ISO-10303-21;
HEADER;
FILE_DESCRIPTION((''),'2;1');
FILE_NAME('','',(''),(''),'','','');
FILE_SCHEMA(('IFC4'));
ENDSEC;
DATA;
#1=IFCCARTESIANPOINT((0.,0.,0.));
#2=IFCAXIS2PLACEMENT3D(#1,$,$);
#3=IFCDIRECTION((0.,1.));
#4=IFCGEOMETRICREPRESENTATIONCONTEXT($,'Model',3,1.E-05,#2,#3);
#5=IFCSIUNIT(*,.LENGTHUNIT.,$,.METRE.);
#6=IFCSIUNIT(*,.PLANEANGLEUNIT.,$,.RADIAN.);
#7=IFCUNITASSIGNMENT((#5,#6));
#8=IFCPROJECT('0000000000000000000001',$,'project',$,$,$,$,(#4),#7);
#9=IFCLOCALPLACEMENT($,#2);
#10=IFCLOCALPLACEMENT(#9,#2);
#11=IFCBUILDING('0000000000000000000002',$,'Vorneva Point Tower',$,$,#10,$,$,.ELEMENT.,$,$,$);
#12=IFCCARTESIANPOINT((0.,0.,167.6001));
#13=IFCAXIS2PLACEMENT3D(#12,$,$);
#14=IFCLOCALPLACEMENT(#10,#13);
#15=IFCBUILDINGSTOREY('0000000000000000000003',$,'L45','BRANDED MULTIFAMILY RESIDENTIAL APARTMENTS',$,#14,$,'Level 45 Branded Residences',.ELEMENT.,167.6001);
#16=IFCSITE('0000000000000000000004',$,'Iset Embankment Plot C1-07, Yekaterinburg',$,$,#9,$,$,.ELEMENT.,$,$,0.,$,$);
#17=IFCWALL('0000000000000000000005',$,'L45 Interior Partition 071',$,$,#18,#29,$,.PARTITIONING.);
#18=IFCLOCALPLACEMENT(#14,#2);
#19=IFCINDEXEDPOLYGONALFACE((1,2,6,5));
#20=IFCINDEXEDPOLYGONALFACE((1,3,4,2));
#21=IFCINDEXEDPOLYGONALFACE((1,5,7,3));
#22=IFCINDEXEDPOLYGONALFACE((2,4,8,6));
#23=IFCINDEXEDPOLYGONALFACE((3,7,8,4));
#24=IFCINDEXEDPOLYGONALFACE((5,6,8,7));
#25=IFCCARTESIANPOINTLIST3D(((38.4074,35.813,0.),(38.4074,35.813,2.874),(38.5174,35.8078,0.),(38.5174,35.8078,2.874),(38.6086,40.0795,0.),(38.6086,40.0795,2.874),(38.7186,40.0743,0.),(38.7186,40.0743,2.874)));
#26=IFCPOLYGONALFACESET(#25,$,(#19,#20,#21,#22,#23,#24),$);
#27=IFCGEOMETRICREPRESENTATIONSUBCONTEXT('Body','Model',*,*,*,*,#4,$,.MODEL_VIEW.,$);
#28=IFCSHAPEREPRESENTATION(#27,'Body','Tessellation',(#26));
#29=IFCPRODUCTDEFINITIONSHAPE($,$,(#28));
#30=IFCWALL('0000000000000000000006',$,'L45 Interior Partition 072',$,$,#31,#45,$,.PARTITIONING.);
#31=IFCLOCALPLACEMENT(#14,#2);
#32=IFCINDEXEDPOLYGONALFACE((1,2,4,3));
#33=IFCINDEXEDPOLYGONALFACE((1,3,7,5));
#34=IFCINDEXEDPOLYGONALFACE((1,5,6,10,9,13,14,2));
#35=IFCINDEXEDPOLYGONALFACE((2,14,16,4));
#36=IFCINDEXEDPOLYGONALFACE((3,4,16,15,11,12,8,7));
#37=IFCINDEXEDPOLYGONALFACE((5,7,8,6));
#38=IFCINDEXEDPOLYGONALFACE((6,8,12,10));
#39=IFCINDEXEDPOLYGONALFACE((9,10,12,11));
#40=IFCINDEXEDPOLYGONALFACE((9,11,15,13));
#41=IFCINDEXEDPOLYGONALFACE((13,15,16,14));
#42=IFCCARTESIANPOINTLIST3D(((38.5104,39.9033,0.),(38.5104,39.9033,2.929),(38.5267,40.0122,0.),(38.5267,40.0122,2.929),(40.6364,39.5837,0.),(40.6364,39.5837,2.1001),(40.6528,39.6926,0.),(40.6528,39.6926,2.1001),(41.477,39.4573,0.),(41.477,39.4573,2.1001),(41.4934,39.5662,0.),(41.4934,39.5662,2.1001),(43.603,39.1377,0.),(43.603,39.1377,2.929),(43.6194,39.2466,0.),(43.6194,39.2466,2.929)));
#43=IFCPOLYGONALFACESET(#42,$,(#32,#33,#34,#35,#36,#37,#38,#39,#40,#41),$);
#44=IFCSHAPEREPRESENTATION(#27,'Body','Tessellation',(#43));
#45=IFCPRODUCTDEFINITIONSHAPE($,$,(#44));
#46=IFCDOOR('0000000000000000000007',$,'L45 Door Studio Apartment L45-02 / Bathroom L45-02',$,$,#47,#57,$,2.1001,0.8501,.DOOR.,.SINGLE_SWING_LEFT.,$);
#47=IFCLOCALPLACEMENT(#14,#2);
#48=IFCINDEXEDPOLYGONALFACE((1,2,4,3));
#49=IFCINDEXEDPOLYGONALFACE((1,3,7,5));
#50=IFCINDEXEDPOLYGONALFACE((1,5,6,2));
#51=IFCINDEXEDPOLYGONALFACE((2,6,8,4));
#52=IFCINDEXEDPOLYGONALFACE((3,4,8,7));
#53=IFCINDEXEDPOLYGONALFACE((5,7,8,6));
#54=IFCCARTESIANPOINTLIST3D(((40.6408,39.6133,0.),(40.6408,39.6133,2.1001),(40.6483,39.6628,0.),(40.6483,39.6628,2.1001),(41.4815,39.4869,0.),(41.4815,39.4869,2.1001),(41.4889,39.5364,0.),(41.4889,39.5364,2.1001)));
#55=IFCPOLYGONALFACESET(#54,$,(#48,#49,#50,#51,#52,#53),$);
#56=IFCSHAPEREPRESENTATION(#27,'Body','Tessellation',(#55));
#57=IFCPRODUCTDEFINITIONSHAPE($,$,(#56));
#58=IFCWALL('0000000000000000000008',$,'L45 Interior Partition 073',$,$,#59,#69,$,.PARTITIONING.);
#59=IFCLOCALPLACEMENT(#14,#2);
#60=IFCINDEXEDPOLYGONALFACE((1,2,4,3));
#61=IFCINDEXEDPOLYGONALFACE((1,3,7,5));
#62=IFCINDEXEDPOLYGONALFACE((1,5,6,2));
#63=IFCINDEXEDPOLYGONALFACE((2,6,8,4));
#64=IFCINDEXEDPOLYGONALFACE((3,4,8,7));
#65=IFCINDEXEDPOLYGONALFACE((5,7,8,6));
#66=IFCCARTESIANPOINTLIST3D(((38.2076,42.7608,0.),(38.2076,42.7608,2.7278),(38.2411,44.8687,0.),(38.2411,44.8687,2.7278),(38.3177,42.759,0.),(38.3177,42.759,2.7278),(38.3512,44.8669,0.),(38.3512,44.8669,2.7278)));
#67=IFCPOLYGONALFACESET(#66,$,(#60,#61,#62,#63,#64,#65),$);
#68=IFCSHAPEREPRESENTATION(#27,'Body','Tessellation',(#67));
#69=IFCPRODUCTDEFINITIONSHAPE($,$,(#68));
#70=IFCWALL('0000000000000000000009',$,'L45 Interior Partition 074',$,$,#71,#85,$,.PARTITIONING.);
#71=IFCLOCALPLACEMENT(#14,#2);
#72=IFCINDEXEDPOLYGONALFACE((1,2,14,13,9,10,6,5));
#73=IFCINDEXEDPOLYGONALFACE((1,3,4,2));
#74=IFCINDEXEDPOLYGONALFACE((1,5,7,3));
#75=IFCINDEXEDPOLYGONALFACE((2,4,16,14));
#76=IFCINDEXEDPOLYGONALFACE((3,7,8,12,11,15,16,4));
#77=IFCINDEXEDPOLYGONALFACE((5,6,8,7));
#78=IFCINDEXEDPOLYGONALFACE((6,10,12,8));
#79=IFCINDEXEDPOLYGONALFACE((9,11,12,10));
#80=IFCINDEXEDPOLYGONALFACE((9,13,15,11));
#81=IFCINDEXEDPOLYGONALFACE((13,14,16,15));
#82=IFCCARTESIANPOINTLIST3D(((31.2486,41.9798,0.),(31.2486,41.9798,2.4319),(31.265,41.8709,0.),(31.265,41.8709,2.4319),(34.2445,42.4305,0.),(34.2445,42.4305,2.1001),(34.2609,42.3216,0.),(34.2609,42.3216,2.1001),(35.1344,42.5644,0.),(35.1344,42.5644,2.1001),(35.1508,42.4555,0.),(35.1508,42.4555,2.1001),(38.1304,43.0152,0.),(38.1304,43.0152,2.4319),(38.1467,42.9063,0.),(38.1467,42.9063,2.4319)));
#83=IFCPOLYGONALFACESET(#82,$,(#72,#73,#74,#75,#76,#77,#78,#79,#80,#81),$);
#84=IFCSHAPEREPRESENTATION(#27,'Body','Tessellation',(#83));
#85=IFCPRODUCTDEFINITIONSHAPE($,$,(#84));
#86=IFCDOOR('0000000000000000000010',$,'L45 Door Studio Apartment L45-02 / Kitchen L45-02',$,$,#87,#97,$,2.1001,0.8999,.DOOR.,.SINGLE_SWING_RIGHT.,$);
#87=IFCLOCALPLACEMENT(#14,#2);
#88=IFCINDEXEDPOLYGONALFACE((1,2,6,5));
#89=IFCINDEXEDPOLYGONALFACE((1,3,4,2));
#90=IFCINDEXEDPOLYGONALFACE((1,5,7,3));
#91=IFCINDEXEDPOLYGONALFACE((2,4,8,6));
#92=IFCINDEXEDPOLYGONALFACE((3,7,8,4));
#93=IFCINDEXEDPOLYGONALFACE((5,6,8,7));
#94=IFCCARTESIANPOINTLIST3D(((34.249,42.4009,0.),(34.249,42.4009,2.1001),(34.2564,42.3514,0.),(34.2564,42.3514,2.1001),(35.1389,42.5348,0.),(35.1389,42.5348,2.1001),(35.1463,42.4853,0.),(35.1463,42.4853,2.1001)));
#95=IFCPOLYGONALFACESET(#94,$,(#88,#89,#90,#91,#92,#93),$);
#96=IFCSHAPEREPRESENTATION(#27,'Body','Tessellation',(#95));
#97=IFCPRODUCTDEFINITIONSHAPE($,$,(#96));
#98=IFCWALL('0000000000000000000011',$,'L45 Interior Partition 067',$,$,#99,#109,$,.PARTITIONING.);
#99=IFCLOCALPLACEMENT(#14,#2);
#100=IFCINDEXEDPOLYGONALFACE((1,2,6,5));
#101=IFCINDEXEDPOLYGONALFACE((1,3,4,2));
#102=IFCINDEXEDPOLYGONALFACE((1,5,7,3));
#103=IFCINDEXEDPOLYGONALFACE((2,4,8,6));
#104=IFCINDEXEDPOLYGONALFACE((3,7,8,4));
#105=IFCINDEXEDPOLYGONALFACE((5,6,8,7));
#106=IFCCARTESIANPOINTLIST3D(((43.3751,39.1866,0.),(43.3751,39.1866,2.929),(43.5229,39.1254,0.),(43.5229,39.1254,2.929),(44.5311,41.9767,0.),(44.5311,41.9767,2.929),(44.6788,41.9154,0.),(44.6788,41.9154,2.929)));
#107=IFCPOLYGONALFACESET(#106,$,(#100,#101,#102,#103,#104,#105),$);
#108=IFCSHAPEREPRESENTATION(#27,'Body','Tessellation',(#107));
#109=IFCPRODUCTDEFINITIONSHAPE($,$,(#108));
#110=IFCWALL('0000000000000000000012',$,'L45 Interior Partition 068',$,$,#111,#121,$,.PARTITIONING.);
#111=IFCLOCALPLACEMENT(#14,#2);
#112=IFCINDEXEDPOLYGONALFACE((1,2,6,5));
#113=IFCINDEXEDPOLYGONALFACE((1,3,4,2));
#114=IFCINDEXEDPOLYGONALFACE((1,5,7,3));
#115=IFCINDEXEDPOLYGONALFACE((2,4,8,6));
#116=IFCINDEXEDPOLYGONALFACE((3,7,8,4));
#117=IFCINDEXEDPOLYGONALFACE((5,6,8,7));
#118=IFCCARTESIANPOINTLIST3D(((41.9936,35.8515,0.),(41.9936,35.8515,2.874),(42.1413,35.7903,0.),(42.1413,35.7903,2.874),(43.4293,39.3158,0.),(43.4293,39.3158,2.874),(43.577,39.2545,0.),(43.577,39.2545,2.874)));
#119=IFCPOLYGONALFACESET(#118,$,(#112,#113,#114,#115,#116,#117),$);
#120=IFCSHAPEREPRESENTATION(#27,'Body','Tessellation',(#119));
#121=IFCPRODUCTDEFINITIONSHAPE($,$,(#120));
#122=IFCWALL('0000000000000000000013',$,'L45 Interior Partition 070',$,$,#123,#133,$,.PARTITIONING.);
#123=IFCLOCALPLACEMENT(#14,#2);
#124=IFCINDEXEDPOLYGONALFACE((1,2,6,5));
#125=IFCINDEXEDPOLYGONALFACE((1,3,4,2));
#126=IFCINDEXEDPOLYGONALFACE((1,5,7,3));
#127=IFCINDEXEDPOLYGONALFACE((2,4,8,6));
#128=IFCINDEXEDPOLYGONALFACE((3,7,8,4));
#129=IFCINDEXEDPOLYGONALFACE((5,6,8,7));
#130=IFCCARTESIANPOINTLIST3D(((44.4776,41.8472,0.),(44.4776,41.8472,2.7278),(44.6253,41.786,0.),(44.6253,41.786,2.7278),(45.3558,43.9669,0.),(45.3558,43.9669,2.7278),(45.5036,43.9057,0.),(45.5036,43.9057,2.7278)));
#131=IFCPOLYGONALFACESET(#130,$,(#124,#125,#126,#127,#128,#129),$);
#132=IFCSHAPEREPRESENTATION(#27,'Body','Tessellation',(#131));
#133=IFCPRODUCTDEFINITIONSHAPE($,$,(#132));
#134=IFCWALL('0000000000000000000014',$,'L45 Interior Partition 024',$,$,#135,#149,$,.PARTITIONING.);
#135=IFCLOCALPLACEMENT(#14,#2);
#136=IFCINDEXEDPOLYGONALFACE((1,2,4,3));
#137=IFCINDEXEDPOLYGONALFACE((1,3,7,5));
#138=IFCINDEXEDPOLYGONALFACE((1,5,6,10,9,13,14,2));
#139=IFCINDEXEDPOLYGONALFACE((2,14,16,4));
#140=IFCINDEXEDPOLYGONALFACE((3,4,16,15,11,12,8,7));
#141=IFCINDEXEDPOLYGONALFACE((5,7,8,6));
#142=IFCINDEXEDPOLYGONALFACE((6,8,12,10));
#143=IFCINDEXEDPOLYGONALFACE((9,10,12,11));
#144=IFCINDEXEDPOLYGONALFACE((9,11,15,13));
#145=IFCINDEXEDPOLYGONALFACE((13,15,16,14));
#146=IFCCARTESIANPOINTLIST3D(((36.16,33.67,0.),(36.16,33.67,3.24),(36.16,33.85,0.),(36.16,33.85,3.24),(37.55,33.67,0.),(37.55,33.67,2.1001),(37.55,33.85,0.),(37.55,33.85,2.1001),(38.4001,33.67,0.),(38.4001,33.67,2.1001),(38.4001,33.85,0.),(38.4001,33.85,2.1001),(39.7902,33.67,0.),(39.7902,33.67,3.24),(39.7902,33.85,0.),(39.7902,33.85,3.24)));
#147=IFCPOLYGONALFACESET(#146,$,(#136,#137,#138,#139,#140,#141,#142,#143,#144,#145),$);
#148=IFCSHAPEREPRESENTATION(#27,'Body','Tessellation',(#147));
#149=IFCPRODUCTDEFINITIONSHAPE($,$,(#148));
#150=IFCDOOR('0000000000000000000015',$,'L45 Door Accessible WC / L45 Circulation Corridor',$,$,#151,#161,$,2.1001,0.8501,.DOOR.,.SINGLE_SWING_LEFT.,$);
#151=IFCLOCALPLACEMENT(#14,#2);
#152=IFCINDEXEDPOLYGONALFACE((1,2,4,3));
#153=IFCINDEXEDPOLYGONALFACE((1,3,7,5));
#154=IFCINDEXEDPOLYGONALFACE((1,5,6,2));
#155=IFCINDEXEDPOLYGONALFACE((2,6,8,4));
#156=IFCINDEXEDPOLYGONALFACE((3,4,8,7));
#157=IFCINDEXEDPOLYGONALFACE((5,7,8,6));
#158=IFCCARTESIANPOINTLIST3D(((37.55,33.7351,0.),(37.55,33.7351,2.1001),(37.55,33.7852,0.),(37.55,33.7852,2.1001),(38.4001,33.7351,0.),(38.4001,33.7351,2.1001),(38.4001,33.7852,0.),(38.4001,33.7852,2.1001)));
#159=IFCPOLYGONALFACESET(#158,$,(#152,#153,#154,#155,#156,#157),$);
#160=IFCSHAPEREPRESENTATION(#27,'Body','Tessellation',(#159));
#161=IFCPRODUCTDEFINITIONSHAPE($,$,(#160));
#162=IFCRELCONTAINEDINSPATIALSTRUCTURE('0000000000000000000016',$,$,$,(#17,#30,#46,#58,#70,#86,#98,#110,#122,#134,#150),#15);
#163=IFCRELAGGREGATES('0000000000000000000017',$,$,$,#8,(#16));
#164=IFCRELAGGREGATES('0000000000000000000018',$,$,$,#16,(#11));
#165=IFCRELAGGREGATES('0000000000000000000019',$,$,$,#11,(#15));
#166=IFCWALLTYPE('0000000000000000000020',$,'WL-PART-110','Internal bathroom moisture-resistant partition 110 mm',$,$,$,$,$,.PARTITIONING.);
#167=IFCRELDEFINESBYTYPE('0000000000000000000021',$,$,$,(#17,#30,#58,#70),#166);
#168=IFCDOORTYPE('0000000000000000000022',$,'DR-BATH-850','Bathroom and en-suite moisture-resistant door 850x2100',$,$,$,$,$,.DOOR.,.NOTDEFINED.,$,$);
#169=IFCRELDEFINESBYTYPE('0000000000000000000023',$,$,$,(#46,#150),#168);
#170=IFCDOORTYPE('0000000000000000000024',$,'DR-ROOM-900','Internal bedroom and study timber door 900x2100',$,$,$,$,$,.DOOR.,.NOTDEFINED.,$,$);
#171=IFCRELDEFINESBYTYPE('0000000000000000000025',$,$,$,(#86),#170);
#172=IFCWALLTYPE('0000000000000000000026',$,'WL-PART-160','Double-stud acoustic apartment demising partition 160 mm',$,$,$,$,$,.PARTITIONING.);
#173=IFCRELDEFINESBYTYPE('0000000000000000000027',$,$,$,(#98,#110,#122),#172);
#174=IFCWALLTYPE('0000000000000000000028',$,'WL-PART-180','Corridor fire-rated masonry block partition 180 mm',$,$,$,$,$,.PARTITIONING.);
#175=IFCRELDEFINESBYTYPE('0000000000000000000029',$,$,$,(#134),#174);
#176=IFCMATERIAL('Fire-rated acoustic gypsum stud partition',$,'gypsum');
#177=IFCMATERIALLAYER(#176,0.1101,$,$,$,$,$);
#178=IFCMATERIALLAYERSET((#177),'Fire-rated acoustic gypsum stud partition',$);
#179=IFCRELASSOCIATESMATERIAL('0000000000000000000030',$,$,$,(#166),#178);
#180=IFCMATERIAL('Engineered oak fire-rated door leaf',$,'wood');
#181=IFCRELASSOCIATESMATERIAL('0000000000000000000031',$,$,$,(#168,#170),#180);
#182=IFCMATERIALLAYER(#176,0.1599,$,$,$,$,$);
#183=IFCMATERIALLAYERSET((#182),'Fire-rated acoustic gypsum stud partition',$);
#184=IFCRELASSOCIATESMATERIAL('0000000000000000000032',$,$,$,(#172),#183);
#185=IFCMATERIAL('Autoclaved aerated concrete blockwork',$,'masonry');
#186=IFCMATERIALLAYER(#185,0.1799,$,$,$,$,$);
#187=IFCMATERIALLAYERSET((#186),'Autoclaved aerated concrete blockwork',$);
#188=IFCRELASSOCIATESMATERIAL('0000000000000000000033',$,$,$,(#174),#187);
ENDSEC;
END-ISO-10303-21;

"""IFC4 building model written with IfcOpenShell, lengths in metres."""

from ifc_helpers import new_model, si_unit, direction, frame, frame_2d, origin, place, context, subcontext, project, spatial, rectangle, extrude, material, layer, layer_set, type_object, element, fill, save


model = new_model("IFC4")

# Units and contexts
model_context = context("Model", 3, precision=1e-05, world=origin(), true_north=direction((0.0, 1.0)))
body_context = subcontext(model_context, "Body", "Model", "MODEL_VIEW")
ifc_project = project(units=[si_unit("LENGTHUNIT", "METRE"), si_unit("PLANEANGLEUNIT", "RADIAN")], contexts=[model_context])

# Site, building, storey
site_placement = place(None, origin())
site = spatial("IfcSite", under=ifc_project, at=site_placement, Name="Iset Embankment Plot C1-07, Yekaterinburg", CompositionType="ELEMENT", RefElevation=0.0)
building_placement = place(site_placement, origin())
building = spatial("IfcBuilding", under=site, at=building_placement, Name="Vorneva Point Tower", CompositionType="ELEMENT")
storey_placement = place(building_placement, frame((0.0, 0.0, 167.6001)))
storey = spatial("IfcBuildingStorey", under=building, at=storey_placement, Name="L45", Description="BRANDED MULTIFAMILY RESIDENTIAL APARTMENTS", LongName="Level 45 Branded Residences", CompositionType="ELEMENT", Elevation=167.6001)

# Wall
ifc_material_1 = material(Name="Fire-rated acoustic gypsum stud partition", Category="gypsum")
ifc_layer_1 = layer(ifc_material_1, 0.1101)
ifc_layer_set_1 = layer_set([ifc_layer_1], Name="Fire-rated acoustic gypsum stud partition")
wall_type_1 = type_object("IfcWallType", Name="WL-PART-110", Description="Internal bathroom moisture-resistant partition 110 mm", PredefinedType="PARTITIONING", material=ifc_layer_set_1)
wall_1_placement = place(storey_placement, frame((38.4624, 35.8103, 0.0), z_axis=(0.0, 0.0, 1.0), x_axis=(0.047098, 0.99889, 0.0)))
element("IfcWall", 1, at=wall_1_placement, inside=storey, type_object=wall_type_1, Name="L45 Interior Partition 071", PredefinedType="PARTITIONING", context=body_context, shape_type="SweptSolid", body=[
    extrude(rectangle(XDim=4.2712, YDim=0.1101, at=frame_2d((2.1357, 0.0))), origin(), (0.0, 0.0, 1.0), 2.874),
])

# Wall, opening, door
wall_2_placement = place(storey_placement, frame((38.5186, 39.9578, 0.0), z_axis=(0.0, 0.0, 1.0), x_axis=(0.988888, -0.148665, 0.0)))
wall_2 = element("IfcWall", 2, at=wall_2_placement, inside=storey, type_object=wall_type_1, Name="L45 Interior Partition 072", PredefinedType="PARTITIONING", context=body_context, shape_type="SweptSolid", body=[
    extrude(rectangle(XDim=5.1499, YDim=0.1101, at=frame_2d((2.575, 0.0))), origin(), (0.0, 0.0, 1.0), 2.929),
])
opening_1_placement = place(wall_2_placement, frame((2.1499, 0.0, 0.0)))
opening_1 = element("IfcOpeningElement", 3, at=opening_1_placement, cuts=wall_2, PredefinedType="OPENING", context=body_context, shape_type="SweptSolid", body=[
    extrude(rectangle(XDim=0.8501, YDim=2.1001, at=frame_2d((0.425, 1.05))), frame((0.0, 0.0698, 0.0), z_axis=(0.0, -1.0, 0.0), x_axis=(1.0, 0.0, 0.0)), (0.0, 0.0, 1.0), 0.1399),
])
ifc_material_2 = material(Name="Engineered oak fire-rated door leaf", Category="wood")
door_type_1 = type_object("IfcDoorType", Name="DR-BATH-850", Description="Bathroom and en-suite moisture-resistant door 850x2100", OperationType="NOTDEFINED", PredefinedType="DOOR", material=ifc_material_2)
door_1_placement = place(opening_1_placement, origin())
door_1 = element("IfcDoor", 4, at=door_1_placement, inside=storey, type_object=door_type_1, Name="L45 Door Studio Apartment L45-02 / Bathroom L45-02", OperationType="SINGLE_SWING_LEFT", OverallHeight=2.1001, OverallWidth=0.8501, PredefinedType="DOOR", context=body_context, shape_type="SweptSolid", body=[
    extrude(rectangle(XDim=0.8501, YDim=2.1001, at=frame_2d((0.425, 1.05))), frame((0.0, 0.0249, 0.0), z_axis=(0.0, -1.0, 0.0), x_axis=(1.0, 0.0, 0.0)), (0.0, 0.0, 1.0), 0.05),
])
fill(opening_1, door_1)

# Wall
wall_3_placement = place(storey_placement, frame((38.2961, 44.8679, 0.0), z_axis=(0.0, 0.0, 1.0), x_axis=(-0.015866, -0.999874, 0.0)))
element("IfcWall", 5, at=wall_3_placement, inside=storey, type_object=wall_type_1, Name="L45 Interior Partition 073", PredefinedType="PARTITIONING", context=body_context, shape_type="SweptSolid", body=[
    extrude(rectangle(XDim=2.1082, YDim=0.1101, at=frame_2d((1.0542, 0.0))), origin(), (0.0, 0.0, 1.0), 2.7278),
])

# Wall, opening, door
wall_4_placement = place(storey_placement, frame((38.1384, 42.9607, 0.0), z_axis=(0.0, 0.0, 1.0), x_axis=(-0.98887, -0.14878, 0.0)))
wall_4 = element("IfcWall", 6, at=wall_4_placement, inside=storey, type_object=wall_type_1, Name="L45 Interior Partition 074", PredefinedType="PARTITIONING", context=body_context, shape_type="SweptSolid", body=[
    extrude(rectangle(XDim=6.9592, YDim=0.1101, at=frame_2d((3.4795, 0.0))), origin(), (0.0, 0.0, 1.0), 2.4319),
])
opening_2_placement = place(wall_4_placement, frame((3.0295, 0.0, 0.0)))
opening_2 = element("IfcOpeningElement", 7, at=opening_2_placement, cuts=wall_4, PredefinedType="OPENING", context=body_context, shape_type="SweptSolid", body=[
    extrude(rectangle(XDim=0.8999, YDim=2.1001, at=frame_2d((0.45, 1.05))), frame((0.0, 0.0698, 0.0), z_axis=(0.0, -1.0, 0.0), x_axis=(1.0, 0.0, 0.0)), (0.0, 0.0, 1.0), 0.1399),
])
door_type_2 = type_object("IfcDoorType", Name="DR-ROOM-900", Description="Internal bedroom and study timber door 900x2100", OperationType="NOTDEFINED", PredefinedType="DOOR", material=ifc_material_2)
door_2_placement = place(opening_2_placement, origin())
door_2 = element("IfcDoor", 8, at=door_2_placement, inside=storey, type_object=door_type_2, Name="L45 Door Studio Apartment L45-02 / Kitchen L45-02", OperationType="SINGLE_SWING_RIGHT", OverallHeight=2.1001, OverallWidth=0.8999, PredefinedType="DOOR", context=body_context, shape_type="SweptSolid", body=[
    extrude(rectangle(XDim=0.8999, YDim=2.1001, at=frame_2d((0.45, 1.05))), frame((0.0, 0.0249, 0.0), z_axis=(0.0, -1.0, 0.0), x_axis=(1.0, 0.0, 0.0)), (0.0, 0.0, 1.0), 0.05),
])
fill(opening_2, door_2)

# Walls
ifc_layer_2 = layer(ifc_material_1, 0.1599)
ifc_layer_set_2 = layer_set([ifc_layer_2], Name="Fire-rated acoustic gypsum stud partition")
wall_type_2 = type_object("IfcWallType", Name="WL-PART-160", Description="Double-stud acoustic apartment demising partition 160 mm", PredefinedType="PARTITIONING", material=ifc_layer_set_2)
wall_5_placement = place(storey_placement, frame((44.605, 41.946, 0.0), z_axis=(0.0, 0.0, 1.0), x_axis=(-0.382778, -0.92384, 0.0)))
element("IfcWall", 9, at=wall_5_placement, inside=storey, type_object=wall_type_2, Name="L45 Interior Partition 067", PredefinedType="PARTITIONING", context=body_context, shape_type="SweptSolid", body=[
    extrude(rectangle(XDim=3.02, YDim=0.1599, at=frame_2d((1.51, 0.0))), origin(), (0.0, 0.0, 1.0), 2.929),
])
wall_6_placement = place(storey_placement, frame((43.5032, 39.2852, 0.0), z_axis=(0.0, 0.0, 1.0), x_axis=(-0.382867, -0.923803, 0.0)))
element("IfcWall", 10, at=wall_6_placement, inside=storey, type_object=wall_type_2, Name="L45 Interior Partition 068", PredefinedType="PARTITIONING", context=body_context, shape_type="SweptSolid", body=[
    extrude(rectangle(XDim=3.75, YDim=0.1599, at=frame_2d((1.875, 0.0))), origin(), (0.0, 0.0, 1.0), 2.874),
])
wall_7_placement = place(storey_placement, frame((45.4297, 43.9363, 0.0), z_axis=(0.0, 0.0, 1.0), x_axis=(-0.382756, -0.92385, 0.0)))
element("IfcWall", 11, at=wall_7_placement, inside=storey, type_object=wall_type_2, Name="L45 Interior Partition 070", PredefinedType="PARTITIONING", context=body_context, shape_type="SweptSolid", body=[
    extrude(rectangle(XDim=2.2944, YDim=0.1599, at=frame_2d((1.1472, 0.0))), origin(), (0.0, 0.0, 1.0), 2.7278),
])

# Wall, opening, door
ifc_material_3 = material(Name="Autoclaved aerated concrete blockwork", Category="masonry")
ifc_layer_3 = layer(ifc_material_3, 0.1799)
ifc_layer_set_3 = layer_set([ifc_layer_3], Name="Autoclaved aerated concrete blockwork")
wall_type_3 = type_object("IfcWallType", Name="WL-PART-180", Description="Corridor fire-rated masonry block partition 180 mm", PredefinedType="PARTITIONING", material=ifc_layer_set_3)
wall_8_placement = place(storey_placement, frame((39.79, 33.76, 0.0), z_axis=(0.0, 0.0, 1.0), x_axis=(-1.0, 0.0, 0.0)))
wall_8 = element("IfcWall", 12, at=wall_8_placement, inside=storey, type_object=wall_type_3, Name="L45 Interior Partition 024", PredefinedType="PARTITIONING", context=body_context, shape_type="SweptSolid", body=[
    extrude(rectangle(XDim=3.6301, YDim=0.1799, at=frame_2d((1.8149, 0.0))), origin(), (0.0, 0.0, 1.0), 3.24),
])
opening_3_placement = place(wall_8_placement, frame((1.3899, 0.0, 0.0)))
opening_3 = element("IfcOpeningElement", 13, at=opening_3_placement, cuts=wall_8, PredefinedType="OPENING", context=body_context, shape_type="SweptSolid", body=[
    extrude(rectangle(XDim=0.8501, YDim=2.1001, at=frame_2d((0.425, 1.05))), frame((0.0, 0.105, 0.0), z_axis=(0.0, -1.0, 0.0), x_axis=(1.0, 0.0, 0.0)), (0.0, 0.0, 1.0), 0.2097),
])
door_3_placement = place(opening_3_placement, origin())
door_3 = element("IfcDoor", 14, at=door_3_placement, inside=storey, type_object=door_type_1, Name="L45 Door Accessible WC / L45 Circulation Corridor", OperationType="SINGLE_SWING_LEFT", OverallHeight=2.1001, OverallWidth=0.8501, PredefinedType="DOOR", context=body_context, shape_type="SweptSolid", body=[
    extrude(rectangle(XDim=0.8501, YDim=2.1001, at=frame_2d((0.425, 1.05))), frame((0.0, 0.0249, 0.0), z_axis=(0.0, -1.0, 0.0), x_axis=(1.0, 0.0, 0.0)), (0.0, 0.0, 1.0), 0.05),
])
fill(opening_3, door_3)

save(model, "model.ifc")
